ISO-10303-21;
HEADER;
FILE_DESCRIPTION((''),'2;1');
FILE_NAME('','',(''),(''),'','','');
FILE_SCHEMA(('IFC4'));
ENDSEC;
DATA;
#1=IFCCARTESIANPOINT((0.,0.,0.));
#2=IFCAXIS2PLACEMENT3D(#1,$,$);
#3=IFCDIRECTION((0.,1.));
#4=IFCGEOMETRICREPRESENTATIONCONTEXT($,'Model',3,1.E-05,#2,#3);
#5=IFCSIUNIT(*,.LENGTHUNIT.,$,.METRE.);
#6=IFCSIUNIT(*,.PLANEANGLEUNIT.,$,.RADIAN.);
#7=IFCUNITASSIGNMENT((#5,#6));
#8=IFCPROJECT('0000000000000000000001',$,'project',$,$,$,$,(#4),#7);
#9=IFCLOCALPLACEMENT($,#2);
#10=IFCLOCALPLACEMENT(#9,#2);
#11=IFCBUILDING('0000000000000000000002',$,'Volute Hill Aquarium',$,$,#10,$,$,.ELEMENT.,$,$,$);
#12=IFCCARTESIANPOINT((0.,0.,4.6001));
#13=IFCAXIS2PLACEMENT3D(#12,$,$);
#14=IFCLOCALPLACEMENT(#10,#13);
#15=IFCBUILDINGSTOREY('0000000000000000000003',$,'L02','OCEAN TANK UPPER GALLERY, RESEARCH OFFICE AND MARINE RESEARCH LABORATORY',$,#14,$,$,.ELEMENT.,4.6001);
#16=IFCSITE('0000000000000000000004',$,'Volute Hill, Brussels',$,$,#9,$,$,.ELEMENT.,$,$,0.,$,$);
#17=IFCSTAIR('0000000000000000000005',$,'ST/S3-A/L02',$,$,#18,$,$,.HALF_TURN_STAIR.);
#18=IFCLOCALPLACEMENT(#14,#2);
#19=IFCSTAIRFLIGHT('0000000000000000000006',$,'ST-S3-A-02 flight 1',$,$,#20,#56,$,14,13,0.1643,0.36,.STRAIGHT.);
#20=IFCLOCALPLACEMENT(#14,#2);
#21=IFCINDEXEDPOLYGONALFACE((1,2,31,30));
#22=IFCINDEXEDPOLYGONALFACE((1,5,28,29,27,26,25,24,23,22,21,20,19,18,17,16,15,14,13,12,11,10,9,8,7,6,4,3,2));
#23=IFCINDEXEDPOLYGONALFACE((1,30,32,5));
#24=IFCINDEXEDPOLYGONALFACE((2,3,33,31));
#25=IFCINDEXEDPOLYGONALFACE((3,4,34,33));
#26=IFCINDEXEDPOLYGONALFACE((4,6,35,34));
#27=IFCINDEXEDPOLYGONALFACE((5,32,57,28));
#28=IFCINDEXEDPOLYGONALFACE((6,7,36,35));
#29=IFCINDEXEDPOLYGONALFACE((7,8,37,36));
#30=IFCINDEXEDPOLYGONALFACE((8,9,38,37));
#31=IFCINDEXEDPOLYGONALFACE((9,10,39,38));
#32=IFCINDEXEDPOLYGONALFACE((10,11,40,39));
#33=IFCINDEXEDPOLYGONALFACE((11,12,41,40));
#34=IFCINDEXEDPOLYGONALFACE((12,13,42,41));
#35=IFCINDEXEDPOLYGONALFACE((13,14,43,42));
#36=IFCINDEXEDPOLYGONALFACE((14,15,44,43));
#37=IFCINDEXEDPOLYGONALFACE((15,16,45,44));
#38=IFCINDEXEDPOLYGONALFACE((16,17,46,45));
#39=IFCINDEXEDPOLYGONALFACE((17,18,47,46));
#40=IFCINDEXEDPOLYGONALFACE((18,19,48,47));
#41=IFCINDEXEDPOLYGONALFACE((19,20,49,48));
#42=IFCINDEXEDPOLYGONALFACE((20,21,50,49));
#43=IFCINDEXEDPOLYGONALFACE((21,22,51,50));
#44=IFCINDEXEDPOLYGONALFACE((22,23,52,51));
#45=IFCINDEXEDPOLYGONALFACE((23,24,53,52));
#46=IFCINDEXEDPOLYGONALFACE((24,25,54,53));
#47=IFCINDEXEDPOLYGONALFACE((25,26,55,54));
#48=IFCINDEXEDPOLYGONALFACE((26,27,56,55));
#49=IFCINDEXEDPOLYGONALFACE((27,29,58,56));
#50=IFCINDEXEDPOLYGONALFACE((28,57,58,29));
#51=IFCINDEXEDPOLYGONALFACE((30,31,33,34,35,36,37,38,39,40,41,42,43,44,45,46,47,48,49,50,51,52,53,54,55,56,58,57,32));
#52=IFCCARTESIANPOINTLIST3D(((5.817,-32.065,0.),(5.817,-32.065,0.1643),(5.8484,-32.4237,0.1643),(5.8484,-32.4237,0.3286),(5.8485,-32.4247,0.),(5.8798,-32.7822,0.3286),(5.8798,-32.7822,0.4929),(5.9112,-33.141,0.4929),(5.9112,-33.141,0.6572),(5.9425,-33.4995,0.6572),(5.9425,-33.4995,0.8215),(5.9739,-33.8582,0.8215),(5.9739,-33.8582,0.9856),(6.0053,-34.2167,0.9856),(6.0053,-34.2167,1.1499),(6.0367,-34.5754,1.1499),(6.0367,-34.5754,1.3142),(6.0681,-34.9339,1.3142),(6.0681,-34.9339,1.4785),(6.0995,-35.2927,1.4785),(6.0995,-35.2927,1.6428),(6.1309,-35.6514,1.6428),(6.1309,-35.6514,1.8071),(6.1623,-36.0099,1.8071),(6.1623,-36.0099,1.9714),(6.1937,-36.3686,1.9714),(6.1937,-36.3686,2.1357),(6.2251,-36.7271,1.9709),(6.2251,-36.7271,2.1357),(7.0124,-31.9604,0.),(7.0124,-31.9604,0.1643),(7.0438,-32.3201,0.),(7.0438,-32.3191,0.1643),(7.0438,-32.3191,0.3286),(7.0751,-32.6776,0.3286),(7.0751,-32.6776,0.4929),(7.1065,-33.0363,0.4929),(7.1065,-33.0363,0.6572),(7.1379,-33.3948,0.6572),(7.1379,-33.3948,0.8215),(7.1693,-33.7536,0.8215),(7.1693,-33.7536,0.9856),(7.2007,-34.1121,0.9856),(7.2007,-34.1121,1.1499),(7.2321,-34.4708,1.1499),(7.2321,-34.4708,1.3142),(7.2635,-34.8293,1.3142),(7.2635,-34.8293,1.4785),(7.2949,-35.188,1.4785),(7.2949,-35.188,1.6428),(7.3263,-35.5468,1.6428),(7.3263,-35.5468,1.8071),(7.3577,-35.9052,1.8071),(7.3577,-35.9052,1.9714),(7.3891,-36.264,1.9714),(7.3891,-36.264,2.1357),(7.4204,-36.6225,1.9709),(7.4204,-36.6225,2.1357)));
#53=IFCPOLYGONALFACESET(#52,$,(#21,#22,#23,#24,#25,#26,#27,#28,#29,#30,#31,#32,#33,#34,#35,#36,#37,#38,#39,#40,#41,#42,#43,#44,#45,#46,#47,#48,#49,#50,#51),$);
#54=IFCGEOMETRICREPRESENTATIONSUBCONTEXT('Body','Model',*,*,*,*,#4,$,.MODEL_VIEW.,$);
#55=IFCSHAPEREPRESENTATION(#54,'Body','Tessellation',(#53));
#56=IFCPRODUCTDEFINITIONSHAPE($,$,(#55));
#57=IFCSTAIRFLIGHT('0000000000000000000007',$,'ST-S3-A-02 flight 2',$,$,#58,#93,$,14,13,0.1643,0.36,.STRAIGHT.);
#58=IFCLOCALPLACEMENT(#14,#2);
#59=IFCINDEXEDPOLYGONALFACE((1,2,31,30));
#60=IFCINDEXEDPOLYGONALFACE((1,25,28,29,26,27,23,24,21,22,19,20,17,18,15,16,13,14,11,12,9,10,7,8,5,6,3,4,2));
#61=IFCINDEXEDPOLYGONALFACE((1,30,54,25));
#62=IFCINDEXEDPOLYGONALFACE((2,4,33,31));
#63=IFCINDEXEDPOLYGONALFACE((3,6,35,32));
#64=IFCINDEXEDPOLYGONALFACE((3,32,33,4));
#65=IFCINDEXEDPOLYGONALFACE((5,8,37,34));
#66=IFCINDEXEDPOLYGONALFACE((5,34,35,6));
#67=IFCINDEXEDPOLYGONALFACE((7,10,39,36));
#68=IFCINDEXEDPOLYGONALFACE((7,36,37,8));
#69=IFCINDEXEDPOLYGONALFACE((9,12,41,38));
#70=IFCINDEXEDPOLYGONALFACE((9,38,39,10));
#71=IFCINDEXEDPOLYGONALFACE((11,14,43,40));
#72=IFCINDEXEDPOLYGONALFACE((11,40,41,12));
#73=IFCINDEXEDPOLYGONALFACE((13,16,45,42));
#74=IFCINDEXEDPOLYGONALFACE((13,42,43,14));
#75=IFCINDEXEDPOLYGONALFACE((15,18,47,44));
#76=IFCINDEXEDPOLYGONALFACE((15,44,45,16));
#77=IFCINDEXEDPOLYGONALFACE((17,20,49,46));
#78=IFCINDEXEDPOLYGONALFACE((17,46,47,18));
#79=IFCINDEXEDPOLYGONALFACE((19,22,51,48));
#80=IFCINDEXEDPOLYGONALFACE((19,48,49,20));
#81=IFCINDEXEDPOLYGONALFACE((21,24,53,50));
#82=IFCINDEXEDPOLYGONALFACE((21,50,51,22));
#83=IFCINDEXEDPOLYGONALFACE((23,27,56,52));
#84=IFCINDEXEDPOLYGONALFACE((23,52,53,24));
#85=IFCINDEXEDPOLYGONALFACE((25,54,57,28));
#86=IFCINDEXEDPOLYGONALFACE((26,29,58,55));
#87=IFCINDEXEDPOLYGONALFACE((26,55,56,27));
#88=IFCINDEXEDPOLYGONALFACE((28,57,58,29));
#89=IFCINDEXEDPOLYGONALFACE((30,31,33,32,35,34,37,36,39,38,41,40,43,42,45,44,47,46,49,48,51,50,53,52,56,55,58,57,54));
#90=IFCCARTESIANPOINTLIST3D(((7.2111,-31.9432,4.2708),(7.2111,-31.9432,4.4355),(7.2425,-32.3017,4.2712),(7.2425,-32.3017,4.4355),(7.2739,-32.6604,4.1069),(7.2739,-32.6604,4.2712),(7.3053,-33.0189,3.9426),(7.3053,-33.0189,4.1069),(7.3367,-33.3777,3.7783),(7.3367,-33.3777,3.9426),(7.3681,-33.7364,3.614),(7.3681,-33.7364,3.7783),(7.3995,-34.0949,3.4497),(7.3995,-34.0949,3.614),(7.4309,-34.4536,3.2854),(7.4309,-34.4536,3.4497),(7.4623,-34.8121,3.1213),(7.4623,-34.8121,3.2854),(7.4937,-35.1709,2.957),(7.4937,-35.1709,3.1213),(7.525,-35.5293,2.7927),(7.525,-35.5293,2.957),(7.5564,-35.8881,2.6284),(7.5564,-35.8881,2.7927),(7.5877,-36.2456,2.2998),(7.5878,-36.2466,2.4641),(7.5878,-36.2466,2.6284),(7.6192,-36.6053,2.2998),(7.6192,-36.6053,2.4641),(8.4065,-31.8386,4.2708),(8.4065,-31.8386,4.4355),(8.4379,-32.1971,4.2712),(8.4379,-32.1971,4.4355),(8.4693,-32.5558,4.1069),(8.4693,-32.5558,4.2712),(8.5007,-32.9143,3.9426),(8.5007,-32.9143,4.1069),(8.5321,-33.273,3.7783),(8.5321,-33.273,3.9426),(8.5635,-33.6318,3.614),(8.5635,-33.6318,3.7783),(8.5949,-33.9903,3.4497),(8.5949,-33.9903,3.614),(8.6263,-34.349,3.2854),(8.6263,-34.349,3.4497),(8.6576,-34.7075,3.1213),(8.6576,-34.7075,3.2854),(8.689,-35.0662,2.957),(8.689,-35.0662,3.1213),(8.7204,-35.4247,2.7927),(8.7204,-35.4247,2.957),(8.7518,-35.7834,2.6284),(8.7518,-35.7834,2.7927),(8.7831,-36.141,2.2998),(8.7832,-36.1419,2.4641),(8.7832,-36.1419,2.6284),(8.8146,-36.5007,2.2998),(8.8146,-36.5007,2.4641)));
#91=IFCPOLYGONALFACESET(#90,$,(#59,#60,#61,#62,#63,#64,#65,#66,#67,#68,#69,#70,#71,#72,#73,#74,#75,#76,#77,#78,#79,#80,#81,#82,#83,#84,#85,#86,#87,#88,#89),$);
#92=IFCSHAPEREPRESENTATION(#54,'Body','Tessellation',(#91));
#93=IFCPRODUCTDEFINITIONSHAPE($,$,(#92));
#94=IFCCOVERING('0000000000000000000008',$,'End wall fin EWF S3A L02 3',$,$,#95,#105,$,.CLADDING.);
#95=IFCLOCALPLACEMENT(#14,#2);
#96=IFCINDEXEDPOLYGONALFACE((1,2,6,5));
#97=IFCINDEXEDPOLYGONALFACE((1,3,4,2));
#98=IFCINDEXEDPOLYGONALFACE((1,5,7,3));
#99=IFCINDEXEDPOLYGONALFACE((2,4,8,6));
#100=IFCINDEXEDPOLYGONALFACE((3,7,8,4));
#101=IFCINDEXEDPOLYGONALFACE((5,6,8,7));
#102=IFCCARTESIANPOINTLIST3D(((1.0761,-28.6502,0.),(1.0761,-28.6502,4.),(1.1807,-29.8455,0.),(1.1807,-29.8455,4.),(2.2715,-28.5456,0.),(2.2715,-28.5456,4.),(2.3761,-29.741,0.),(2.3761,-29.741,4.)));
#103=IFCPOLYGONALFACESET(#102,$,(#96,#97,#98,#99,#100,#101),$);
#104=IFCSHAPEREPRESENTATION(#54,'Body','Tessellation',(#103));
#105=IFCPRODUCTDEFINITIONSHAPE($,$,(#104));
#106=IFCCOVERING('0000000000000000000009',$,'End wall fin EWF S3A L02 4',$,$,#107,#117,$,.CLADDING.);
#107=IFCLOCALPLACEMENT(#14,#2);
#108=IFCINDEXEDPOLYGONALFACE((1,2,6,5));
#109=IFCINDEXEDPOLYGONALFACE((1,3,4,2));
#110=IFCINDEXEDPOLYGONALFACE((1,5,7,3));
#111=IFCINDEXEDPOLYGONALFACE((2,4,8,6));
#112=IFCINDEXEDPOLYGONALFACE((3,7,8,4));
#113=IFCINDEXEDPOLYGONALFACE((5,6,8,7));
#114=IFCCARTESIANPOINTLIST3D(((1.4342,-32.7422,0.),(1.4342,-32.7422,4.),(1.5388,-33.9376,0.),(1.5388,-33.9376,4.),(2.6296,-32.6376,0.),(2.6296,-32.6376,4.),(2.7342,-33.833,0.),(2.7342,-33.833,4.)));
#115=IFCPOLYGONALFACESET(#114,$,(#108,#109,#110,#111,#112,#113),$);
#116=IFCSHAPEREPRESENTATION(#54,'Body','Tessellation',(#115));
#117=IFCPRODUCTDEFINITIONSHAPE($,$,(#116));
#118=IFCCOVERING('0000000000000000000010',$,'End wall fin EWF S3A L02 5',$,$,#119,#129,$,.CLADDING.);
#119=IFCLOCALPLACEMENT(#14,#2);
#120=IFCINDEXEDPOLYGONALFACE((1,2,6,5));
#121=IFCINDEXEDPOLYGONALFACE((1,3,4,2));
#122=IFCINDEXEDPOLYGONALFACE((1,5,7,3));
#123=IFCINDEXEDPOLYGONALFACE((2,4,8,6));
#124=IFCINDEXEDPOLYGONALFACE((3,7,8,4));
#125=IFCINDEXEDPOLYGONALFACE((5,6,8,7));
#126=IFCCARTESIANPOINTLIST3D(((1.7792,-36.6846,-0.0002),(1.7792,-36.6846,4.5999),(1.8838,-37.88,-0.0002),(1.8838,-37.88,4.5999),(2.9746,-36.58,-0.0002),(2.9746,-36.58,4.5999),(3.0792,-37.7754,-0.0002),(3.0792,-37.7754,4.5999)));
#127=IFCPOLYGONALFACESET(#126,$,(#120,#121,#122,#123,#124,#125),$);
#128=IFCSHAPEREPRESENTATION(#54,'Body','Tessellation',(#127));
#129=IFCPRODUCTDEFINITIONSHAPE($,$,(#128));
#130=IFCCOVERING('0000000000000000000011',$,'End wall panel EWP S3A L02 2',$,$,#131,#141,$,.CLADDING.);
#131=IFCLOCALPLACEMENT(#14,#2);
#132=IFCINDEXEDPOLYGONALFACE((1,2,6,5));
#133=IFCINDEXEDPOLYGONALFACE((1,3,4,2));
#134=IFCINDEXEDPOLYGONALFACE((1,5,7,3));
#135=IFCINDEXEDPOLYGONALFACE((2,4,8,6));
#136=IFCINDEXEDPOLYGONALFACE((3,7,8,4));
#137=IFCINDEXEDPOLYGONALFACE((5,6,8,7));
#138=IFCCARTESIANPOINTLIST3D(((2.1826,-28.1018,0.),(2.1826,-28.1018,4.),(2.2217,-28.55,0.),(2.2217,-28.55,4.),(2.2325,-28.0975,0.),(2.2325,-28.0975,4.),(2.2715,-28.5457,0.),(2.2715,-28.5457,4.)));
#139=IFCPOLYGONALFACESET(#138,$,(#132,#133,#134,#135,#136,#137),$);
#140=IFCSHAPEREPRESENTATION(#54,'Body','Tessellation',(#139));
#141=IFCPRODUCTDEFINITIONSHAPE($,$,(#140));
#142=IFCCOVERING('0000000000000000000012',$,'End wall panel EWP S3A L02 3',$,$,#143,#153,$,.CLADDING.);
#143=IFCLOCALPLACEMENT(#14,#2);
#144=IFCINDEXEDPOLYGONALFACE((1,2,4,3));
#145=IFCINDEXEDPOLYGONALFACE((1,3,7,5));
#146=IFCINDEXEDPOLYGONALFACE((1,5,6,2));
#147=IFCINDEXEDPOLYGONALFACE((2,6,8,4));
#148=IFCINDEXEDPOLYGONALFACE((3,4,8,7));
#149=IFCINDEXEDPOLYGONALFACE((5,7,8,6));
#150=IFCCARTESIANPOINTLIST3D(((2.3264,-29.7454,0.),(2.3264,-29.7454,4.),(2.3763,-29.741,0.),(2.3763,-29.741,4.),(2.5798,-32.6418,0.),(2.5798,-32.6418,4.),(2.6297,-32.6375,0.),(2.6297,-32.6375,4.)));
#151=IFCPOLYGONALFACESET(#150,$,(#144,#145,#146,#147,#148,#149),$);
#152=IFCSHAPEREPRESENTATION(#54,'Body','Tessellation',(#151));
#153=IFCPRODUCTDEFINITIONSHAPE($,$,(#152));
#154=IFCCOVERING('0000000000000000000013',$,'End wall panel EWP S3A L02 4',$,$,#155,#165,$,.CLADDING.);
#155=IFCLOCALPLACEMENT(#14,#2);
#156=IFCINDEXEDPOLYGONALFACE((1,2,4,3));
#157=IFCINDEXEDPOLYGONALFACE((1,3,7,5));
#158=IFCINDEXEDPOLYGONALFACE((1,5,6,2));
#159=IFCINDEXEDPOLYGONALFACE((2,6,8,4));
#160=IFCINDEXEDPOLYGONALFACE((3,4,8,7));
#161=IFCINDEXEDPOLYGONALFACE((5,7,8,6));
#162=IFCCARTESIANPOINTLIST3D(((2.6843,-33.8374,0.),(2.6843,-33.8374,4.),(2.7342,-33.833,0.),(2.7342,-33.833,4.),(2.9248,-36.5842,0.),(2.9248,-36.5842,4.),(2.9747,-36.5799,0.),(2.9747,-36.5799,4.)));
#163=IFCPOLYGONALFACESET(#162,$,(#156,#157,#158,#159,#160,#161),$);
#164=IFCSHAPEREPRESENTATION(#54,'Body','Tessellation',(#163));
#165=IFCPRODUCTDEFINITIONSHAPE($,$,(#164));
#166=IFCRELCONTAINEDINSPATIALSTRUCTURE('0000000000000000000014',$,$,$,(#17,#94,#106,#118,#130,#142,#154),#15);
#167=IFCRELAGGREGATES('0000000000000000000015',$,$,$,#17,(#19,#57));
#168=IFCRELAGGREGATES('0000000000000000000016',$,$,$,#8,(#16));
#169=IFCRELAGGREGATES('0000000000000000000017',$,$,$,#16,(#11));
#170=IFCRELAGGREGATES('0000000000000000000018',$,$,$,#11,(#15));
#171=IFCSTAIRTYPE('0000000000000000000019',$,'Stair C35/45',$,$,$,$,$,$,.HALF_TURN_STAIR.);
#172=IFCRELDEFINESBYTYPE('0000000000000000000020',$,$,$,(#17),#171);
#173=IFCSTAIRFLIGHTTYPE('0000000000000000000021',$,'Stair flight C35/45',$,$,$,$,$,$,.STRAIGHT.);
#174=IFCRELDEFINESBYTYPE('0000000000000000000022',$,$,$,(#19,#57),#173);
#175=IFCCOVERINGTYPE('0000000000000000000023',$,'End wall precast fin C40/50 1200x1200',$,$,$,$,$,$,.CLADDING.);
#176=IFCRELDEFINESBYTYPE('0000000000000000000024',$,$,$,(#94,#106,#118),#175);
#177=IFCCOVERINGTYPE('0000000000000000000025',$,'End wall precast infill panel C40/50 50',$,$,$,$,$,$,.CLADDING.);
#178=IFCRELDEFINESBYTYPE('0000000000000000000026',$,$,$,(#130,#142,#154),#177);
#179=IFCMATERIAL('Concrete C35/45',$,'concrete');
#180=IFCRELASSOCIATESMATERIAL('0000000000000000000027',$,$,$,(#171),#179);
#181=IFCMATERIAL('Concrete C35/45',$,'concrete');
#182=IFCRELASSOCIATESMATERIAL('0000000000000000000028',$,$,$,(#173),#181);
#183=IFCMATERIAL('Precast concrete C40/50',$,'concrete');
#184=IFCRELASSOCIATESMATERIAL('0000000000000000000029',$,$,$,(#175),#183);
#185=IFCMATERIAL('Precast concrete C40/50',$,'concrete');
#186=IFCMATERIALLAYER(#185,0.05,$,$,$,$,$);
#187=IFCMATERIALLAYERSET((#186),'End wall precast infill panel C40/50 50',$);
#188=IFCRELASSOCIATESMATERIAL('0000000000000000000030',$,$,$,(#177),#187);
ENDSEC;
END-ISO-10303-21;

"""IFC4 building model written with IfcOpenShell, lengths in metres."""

from ifc_helpers import new_model, si_unit, direction, frame, origin, origin_2d, place, context, subcontext, project, spatial, polyline, rectangle, outline, extrude, material, layer, layer_set, type_object, element, aggregate, save


model = new_model("IFC4")

# Units and contexts
model_context = context("Model", 3, precision=1e-05, world=origin(), true_north=direction((0.0, 1.0)))
body_context = subcontext(model_context, "Body", "Model", "MODEL_VIEW")
ifc_project = project(units=[si_unit("LENGTHUNIT", "METRE"), si_unit("PLANEANGLEUNIT", "RADIAN")], contexts=[model_context])

# Site, building, storey
site_placement = place(None, origin())
site = spatial("IfcSite", under=ifc_project, at=site_placement, Name="Volute Hill, Brussels", CompositionType="ELEMENT", RefElevation=0.0)
building_placement = place(site_placement, origin())
building = spatial("IfcBuilding", under=site, at=building_placement, Name="Volute Hill Aquarium", CompositionType="ELEMENT")
storey_placement = place(building_placement, frame((0.0, 0.0, 4.6001)))
storey = spatial("IfcBuildingStorey", under=building, at=storey_placement, Name="L02", Description="OCEAN TANK UPPER GALLERY, RESEARCH OFFICE AND MARINE RESEARCH LABORATORY", CompositionType="ELEMENT", Elevation=4.6001)

# Stair, stair flights
ifc_material_1 = material(Name="Concrete C35/45", Category="concrete")
stair_type = type_object("IfcStairType", Name="Stair C35/45", PredefinedType="HALF_TURN_STAIR", material=ifc_material_1)
stair_placement = place(storey_placement, origin())
stair = element("IfcStair", 1, at=stair_placement, inside=storey, type_object=stair_type, Name="ST/S3-A/L02", PredefinedType="HALF_TURN_STAIR")
ifc_material_2 = material(Name="Concrete C35/45", Category="concrete")
stair_flight_type = type_object("IfcStairFlightType", Name="Stair flight C35/45", PredefinedType="STRAIGHT", material=ifc_material_2)
stair_flight_1_placement = place(storey_placement, frame((6.4146, -32.0127, 0.0), z_axis=(0.0, 0.0, 1.0), x_axis=(0.087199, -0.996191, 0.0)))
stair_flight_1 = element("IfcStairFlight", 2, at=stair_flight_1_placement, type_object=stair_flight_type, Name="ST-S3-A-02 flight 1", NumberOfRisers=14, NumberOfTreads=13, PredefinedType="STRAIGHT", RiserHeight=0.1643, TreadLength=0.36, context=body_context, shape_type="SweptSolid", body=[
    extrude(outline(polyline([(0.0, 0.0), (0.0, 0.1643), (0.3601, 0.1643), (0.3601, 0.3286), (0.72, 0.3286), (0.72, 0.4929), (1.0801, 0.4929), (1.0801, 0.6572), (1.4399, 0.6572), (1.4399, 0.8215), (1.8, 0.8215), (1.8, 0.9856), (2.1599, 0.9856), (2.1599, 1.1499), (2.52, 1.1499), (2.52, 1.3142), (2.8799, 1.3142), (2.8799, 1.4785), (3.24, 1.4785), (3.24, 1.6428), (3.6001, 1.6428), (3.6001, 1.8071), (3.96, 1.8071), (3.96, 1.9714), (4.3201, 1.9714), (4.3201, 2.1357), (4.6799, 2.1357), (4.6799, 2.3), (4.6799, 1.9709), (0.3611, 0.0), (0.0, 0.0)])), frame((0.0, 0.6001, 0.0), z_axis=(0.0, -1.0, 0.0), x_axis=(1.0, 0.0, 0.0)), (0.0, 0.0, 1.0), 1.2),
])
stair_flight_2_placement = place(storey_placement, frame((8.217, -36.553, 2.2998), z_axis=(0.0, 0.0, 1.0), x_axis=(-0.087199, 0.996191, 0.0)))
stair_flight_2 = element("IfcStairFlight", 3, at=stair_flight_2_placement, type_object=stair_flight_type, Name="ST-S3-A-02 flight 2", NumberOfRisers=14, NumberOfTreads=13, PredefinedType="STRAIGHT", RiserHeight=0.1643, TreadLength=0.36, context=body_context, shape_type="SweptSolid", body=[
    extrude(outline(polyline([(0.0, 0.0), (0.0, 0.1643), (0.3601, 0.1643), (0.3601, 0.3286), (0.72, 0.3286), (0.72, 0.4929), (1.0801, 0.4929), (1.0801, 0.6572), (1.4399, 0.6572), (1.4399, 0.8215), (1.8, 0.8215), (1.8, 0.9856), (2.1599, 0.9856), (2.1599, 1.1499), (2.52, 1.1499), (2.52, 1.3142), (2.8799, 1.3142), (2.8799, 1.4785), (3.24, 1.4785), (3.24, 1.6428), (3.6001, 1.6428), (3.6001, 1.8071), (3.96, 1.8071), (3.96, 1.9714), (4.3201, 1.9714), (4.3201, 2.1357), (4.6799, 2.1357), (4.6799, 2.3), (4.6799, 1.9709), (0.3611, 0.0), (0.0, 0.0)])), frame((0.0, 0.6001, 0.0), z_axis=(0.0, -1.0, 0.0), x_axis=(1.0, 0.0, 0.0)), (0.0, 0.0, 1.0), 1.2),
])
aggregate(stair, [stair_flight_1, stair_flight_2])

# Coverings
ifc_material_3 = material(Name="Precast concrete C40/50", Category="concrete")
covering_type_1 = type_object("IfcCoveringType", Name="End wall precast fin C40/50 1200x1200", PredefinedType="CLADDING", material=ifc_material_3)
for number, where, z_axis, x_axis, name in (
    (4, (1.7261, -29.1956, 0.0), (0.0, 0.0, 1.0), (0.087154, -0.996195, 0.0), "End wall fin EWF S3A L02 3"),
    (5, (2.0842, -33.2876, 0.0), (0.0, 0.0, 1.0), (0.087154, -0.996195, 0.0), "End wall fin EWF S3A L02 4"),
):
    element("IfcCovering", number, at=place(storey_placement, frame(where, z_axis=z_axis, x_axis=x_axis)), inside=storey, type_object=covering_type_1, Name=name, PredefinedType="CLADDING", context=body_context, shape_type="SweptSolid", body=[
        extrude(rectangle(XDim=1.2, YDim=1.2, at=origin_2d()), origin(), (0.0, 0.0, 1.0), 4.0),
    ])
covering_1_placement = place(storey_placement, frame((2.4292, -37.23, -0.0002), z_axis=(0.0, 0.0, 1.0), x_axis=(0.087154, -0.996195, 0.0)))
element("IfcCovering", 6, at=covering_1_placement, inside=storey, type_object=covering_type_1, Name="End wall fin EWF S3A L02 5", PredefinedType="CLADDING", context=body_context, shape_type="SweptSolid", body=[
    extrude(rectangle(XDim=1.2, YDim=1.2, at=origin_2d()), origin(), (0.0, 0.0, 1.0), 4.6001),
])
ifc_material_4 = material(Name="Precast concrete C40/50", Category="concrete")
ifc_layer_1 = layer(ifc_material_4, 0.05)
ifc_layer_set_1 = layer_set([ifc_layer_1], Name="End wall precast infill panel C40/50 50")
covering_type_2 = type_object("IfcCoveringType", Name="End wall precast infill panel C40/50 50", PredefinedType="CLADDING", material=ifc_layer_set_1)
covering_2_placement = place(storey_placement, frame((2.1826, -28.1018, 0.0), z_axis=(-0.996224, -0.086817, 0.0), x_axis=(0.086817, -0.996224, 0.0)))
element("IfcCovering", 7, at=covering_2_placement, inside=storey, type_object=covering_type_2, Name="End wall panel EWP S3A L02 2", PredefinedType="CLADDING", context=body_context, shape_type="SweptSolid", body=[
    extrude(outline(polyline([(0.0, 0.0), (0.4499, 0.0), (0.4499, 4.0), (0.0, 4.0), (0.0, 0.0)])), origin(), (0.0, 0.0, -1.0), 0.05),
])
covering_3_placement = place(storey_placement, frame((2.3264, -29.7454, 0.0), z_axis=(-0.996194, -0.087159, 0.0), x_axis=(0.087159, -0.996194, 0.0)))
element("IfcCovering", 8, at=covering_3_placement, inside=storey, type_object=covering_type_2, Name="End wall panel EWP S3A L02 3", PredefinedType="CLADDING", context=body_context, shape_type="SweptSolid", body=[
    extrude(outline(polyline([(0.0, 0.0), (2.9075, 0.0), (2.9075, 4.0), (0.0, 4.0), (0.0, 0.0)])), origin(), (0.0, 0.0, -1.0), 0.05),
])
covering_4_placement = place(storey_placement, frame((2.6843, -33.8374, 0.0), z_axis=(-0.99619, -0.087214, 0.0), x_axis=(0.087214, -0.99619, 0.0)))
element("IfcCovering", 9, at=covering_4_placement, inside=storey, type_object=covering_type_2, Name="End wall panel EWP S3A L02 4", PredefinedType="CLADDING", context=body_context, shape_type="SweptSolid", body=[
    extrude(outline(polyline([(0.0, 0.0), (2.7573, 0.0), (2.7573, 4.0), (0.0, 4.0), (0.0, 0.0)])), origin(), (0.0, 0.0, -1.0), 0.05),
])

save(model, "model.ifc")
